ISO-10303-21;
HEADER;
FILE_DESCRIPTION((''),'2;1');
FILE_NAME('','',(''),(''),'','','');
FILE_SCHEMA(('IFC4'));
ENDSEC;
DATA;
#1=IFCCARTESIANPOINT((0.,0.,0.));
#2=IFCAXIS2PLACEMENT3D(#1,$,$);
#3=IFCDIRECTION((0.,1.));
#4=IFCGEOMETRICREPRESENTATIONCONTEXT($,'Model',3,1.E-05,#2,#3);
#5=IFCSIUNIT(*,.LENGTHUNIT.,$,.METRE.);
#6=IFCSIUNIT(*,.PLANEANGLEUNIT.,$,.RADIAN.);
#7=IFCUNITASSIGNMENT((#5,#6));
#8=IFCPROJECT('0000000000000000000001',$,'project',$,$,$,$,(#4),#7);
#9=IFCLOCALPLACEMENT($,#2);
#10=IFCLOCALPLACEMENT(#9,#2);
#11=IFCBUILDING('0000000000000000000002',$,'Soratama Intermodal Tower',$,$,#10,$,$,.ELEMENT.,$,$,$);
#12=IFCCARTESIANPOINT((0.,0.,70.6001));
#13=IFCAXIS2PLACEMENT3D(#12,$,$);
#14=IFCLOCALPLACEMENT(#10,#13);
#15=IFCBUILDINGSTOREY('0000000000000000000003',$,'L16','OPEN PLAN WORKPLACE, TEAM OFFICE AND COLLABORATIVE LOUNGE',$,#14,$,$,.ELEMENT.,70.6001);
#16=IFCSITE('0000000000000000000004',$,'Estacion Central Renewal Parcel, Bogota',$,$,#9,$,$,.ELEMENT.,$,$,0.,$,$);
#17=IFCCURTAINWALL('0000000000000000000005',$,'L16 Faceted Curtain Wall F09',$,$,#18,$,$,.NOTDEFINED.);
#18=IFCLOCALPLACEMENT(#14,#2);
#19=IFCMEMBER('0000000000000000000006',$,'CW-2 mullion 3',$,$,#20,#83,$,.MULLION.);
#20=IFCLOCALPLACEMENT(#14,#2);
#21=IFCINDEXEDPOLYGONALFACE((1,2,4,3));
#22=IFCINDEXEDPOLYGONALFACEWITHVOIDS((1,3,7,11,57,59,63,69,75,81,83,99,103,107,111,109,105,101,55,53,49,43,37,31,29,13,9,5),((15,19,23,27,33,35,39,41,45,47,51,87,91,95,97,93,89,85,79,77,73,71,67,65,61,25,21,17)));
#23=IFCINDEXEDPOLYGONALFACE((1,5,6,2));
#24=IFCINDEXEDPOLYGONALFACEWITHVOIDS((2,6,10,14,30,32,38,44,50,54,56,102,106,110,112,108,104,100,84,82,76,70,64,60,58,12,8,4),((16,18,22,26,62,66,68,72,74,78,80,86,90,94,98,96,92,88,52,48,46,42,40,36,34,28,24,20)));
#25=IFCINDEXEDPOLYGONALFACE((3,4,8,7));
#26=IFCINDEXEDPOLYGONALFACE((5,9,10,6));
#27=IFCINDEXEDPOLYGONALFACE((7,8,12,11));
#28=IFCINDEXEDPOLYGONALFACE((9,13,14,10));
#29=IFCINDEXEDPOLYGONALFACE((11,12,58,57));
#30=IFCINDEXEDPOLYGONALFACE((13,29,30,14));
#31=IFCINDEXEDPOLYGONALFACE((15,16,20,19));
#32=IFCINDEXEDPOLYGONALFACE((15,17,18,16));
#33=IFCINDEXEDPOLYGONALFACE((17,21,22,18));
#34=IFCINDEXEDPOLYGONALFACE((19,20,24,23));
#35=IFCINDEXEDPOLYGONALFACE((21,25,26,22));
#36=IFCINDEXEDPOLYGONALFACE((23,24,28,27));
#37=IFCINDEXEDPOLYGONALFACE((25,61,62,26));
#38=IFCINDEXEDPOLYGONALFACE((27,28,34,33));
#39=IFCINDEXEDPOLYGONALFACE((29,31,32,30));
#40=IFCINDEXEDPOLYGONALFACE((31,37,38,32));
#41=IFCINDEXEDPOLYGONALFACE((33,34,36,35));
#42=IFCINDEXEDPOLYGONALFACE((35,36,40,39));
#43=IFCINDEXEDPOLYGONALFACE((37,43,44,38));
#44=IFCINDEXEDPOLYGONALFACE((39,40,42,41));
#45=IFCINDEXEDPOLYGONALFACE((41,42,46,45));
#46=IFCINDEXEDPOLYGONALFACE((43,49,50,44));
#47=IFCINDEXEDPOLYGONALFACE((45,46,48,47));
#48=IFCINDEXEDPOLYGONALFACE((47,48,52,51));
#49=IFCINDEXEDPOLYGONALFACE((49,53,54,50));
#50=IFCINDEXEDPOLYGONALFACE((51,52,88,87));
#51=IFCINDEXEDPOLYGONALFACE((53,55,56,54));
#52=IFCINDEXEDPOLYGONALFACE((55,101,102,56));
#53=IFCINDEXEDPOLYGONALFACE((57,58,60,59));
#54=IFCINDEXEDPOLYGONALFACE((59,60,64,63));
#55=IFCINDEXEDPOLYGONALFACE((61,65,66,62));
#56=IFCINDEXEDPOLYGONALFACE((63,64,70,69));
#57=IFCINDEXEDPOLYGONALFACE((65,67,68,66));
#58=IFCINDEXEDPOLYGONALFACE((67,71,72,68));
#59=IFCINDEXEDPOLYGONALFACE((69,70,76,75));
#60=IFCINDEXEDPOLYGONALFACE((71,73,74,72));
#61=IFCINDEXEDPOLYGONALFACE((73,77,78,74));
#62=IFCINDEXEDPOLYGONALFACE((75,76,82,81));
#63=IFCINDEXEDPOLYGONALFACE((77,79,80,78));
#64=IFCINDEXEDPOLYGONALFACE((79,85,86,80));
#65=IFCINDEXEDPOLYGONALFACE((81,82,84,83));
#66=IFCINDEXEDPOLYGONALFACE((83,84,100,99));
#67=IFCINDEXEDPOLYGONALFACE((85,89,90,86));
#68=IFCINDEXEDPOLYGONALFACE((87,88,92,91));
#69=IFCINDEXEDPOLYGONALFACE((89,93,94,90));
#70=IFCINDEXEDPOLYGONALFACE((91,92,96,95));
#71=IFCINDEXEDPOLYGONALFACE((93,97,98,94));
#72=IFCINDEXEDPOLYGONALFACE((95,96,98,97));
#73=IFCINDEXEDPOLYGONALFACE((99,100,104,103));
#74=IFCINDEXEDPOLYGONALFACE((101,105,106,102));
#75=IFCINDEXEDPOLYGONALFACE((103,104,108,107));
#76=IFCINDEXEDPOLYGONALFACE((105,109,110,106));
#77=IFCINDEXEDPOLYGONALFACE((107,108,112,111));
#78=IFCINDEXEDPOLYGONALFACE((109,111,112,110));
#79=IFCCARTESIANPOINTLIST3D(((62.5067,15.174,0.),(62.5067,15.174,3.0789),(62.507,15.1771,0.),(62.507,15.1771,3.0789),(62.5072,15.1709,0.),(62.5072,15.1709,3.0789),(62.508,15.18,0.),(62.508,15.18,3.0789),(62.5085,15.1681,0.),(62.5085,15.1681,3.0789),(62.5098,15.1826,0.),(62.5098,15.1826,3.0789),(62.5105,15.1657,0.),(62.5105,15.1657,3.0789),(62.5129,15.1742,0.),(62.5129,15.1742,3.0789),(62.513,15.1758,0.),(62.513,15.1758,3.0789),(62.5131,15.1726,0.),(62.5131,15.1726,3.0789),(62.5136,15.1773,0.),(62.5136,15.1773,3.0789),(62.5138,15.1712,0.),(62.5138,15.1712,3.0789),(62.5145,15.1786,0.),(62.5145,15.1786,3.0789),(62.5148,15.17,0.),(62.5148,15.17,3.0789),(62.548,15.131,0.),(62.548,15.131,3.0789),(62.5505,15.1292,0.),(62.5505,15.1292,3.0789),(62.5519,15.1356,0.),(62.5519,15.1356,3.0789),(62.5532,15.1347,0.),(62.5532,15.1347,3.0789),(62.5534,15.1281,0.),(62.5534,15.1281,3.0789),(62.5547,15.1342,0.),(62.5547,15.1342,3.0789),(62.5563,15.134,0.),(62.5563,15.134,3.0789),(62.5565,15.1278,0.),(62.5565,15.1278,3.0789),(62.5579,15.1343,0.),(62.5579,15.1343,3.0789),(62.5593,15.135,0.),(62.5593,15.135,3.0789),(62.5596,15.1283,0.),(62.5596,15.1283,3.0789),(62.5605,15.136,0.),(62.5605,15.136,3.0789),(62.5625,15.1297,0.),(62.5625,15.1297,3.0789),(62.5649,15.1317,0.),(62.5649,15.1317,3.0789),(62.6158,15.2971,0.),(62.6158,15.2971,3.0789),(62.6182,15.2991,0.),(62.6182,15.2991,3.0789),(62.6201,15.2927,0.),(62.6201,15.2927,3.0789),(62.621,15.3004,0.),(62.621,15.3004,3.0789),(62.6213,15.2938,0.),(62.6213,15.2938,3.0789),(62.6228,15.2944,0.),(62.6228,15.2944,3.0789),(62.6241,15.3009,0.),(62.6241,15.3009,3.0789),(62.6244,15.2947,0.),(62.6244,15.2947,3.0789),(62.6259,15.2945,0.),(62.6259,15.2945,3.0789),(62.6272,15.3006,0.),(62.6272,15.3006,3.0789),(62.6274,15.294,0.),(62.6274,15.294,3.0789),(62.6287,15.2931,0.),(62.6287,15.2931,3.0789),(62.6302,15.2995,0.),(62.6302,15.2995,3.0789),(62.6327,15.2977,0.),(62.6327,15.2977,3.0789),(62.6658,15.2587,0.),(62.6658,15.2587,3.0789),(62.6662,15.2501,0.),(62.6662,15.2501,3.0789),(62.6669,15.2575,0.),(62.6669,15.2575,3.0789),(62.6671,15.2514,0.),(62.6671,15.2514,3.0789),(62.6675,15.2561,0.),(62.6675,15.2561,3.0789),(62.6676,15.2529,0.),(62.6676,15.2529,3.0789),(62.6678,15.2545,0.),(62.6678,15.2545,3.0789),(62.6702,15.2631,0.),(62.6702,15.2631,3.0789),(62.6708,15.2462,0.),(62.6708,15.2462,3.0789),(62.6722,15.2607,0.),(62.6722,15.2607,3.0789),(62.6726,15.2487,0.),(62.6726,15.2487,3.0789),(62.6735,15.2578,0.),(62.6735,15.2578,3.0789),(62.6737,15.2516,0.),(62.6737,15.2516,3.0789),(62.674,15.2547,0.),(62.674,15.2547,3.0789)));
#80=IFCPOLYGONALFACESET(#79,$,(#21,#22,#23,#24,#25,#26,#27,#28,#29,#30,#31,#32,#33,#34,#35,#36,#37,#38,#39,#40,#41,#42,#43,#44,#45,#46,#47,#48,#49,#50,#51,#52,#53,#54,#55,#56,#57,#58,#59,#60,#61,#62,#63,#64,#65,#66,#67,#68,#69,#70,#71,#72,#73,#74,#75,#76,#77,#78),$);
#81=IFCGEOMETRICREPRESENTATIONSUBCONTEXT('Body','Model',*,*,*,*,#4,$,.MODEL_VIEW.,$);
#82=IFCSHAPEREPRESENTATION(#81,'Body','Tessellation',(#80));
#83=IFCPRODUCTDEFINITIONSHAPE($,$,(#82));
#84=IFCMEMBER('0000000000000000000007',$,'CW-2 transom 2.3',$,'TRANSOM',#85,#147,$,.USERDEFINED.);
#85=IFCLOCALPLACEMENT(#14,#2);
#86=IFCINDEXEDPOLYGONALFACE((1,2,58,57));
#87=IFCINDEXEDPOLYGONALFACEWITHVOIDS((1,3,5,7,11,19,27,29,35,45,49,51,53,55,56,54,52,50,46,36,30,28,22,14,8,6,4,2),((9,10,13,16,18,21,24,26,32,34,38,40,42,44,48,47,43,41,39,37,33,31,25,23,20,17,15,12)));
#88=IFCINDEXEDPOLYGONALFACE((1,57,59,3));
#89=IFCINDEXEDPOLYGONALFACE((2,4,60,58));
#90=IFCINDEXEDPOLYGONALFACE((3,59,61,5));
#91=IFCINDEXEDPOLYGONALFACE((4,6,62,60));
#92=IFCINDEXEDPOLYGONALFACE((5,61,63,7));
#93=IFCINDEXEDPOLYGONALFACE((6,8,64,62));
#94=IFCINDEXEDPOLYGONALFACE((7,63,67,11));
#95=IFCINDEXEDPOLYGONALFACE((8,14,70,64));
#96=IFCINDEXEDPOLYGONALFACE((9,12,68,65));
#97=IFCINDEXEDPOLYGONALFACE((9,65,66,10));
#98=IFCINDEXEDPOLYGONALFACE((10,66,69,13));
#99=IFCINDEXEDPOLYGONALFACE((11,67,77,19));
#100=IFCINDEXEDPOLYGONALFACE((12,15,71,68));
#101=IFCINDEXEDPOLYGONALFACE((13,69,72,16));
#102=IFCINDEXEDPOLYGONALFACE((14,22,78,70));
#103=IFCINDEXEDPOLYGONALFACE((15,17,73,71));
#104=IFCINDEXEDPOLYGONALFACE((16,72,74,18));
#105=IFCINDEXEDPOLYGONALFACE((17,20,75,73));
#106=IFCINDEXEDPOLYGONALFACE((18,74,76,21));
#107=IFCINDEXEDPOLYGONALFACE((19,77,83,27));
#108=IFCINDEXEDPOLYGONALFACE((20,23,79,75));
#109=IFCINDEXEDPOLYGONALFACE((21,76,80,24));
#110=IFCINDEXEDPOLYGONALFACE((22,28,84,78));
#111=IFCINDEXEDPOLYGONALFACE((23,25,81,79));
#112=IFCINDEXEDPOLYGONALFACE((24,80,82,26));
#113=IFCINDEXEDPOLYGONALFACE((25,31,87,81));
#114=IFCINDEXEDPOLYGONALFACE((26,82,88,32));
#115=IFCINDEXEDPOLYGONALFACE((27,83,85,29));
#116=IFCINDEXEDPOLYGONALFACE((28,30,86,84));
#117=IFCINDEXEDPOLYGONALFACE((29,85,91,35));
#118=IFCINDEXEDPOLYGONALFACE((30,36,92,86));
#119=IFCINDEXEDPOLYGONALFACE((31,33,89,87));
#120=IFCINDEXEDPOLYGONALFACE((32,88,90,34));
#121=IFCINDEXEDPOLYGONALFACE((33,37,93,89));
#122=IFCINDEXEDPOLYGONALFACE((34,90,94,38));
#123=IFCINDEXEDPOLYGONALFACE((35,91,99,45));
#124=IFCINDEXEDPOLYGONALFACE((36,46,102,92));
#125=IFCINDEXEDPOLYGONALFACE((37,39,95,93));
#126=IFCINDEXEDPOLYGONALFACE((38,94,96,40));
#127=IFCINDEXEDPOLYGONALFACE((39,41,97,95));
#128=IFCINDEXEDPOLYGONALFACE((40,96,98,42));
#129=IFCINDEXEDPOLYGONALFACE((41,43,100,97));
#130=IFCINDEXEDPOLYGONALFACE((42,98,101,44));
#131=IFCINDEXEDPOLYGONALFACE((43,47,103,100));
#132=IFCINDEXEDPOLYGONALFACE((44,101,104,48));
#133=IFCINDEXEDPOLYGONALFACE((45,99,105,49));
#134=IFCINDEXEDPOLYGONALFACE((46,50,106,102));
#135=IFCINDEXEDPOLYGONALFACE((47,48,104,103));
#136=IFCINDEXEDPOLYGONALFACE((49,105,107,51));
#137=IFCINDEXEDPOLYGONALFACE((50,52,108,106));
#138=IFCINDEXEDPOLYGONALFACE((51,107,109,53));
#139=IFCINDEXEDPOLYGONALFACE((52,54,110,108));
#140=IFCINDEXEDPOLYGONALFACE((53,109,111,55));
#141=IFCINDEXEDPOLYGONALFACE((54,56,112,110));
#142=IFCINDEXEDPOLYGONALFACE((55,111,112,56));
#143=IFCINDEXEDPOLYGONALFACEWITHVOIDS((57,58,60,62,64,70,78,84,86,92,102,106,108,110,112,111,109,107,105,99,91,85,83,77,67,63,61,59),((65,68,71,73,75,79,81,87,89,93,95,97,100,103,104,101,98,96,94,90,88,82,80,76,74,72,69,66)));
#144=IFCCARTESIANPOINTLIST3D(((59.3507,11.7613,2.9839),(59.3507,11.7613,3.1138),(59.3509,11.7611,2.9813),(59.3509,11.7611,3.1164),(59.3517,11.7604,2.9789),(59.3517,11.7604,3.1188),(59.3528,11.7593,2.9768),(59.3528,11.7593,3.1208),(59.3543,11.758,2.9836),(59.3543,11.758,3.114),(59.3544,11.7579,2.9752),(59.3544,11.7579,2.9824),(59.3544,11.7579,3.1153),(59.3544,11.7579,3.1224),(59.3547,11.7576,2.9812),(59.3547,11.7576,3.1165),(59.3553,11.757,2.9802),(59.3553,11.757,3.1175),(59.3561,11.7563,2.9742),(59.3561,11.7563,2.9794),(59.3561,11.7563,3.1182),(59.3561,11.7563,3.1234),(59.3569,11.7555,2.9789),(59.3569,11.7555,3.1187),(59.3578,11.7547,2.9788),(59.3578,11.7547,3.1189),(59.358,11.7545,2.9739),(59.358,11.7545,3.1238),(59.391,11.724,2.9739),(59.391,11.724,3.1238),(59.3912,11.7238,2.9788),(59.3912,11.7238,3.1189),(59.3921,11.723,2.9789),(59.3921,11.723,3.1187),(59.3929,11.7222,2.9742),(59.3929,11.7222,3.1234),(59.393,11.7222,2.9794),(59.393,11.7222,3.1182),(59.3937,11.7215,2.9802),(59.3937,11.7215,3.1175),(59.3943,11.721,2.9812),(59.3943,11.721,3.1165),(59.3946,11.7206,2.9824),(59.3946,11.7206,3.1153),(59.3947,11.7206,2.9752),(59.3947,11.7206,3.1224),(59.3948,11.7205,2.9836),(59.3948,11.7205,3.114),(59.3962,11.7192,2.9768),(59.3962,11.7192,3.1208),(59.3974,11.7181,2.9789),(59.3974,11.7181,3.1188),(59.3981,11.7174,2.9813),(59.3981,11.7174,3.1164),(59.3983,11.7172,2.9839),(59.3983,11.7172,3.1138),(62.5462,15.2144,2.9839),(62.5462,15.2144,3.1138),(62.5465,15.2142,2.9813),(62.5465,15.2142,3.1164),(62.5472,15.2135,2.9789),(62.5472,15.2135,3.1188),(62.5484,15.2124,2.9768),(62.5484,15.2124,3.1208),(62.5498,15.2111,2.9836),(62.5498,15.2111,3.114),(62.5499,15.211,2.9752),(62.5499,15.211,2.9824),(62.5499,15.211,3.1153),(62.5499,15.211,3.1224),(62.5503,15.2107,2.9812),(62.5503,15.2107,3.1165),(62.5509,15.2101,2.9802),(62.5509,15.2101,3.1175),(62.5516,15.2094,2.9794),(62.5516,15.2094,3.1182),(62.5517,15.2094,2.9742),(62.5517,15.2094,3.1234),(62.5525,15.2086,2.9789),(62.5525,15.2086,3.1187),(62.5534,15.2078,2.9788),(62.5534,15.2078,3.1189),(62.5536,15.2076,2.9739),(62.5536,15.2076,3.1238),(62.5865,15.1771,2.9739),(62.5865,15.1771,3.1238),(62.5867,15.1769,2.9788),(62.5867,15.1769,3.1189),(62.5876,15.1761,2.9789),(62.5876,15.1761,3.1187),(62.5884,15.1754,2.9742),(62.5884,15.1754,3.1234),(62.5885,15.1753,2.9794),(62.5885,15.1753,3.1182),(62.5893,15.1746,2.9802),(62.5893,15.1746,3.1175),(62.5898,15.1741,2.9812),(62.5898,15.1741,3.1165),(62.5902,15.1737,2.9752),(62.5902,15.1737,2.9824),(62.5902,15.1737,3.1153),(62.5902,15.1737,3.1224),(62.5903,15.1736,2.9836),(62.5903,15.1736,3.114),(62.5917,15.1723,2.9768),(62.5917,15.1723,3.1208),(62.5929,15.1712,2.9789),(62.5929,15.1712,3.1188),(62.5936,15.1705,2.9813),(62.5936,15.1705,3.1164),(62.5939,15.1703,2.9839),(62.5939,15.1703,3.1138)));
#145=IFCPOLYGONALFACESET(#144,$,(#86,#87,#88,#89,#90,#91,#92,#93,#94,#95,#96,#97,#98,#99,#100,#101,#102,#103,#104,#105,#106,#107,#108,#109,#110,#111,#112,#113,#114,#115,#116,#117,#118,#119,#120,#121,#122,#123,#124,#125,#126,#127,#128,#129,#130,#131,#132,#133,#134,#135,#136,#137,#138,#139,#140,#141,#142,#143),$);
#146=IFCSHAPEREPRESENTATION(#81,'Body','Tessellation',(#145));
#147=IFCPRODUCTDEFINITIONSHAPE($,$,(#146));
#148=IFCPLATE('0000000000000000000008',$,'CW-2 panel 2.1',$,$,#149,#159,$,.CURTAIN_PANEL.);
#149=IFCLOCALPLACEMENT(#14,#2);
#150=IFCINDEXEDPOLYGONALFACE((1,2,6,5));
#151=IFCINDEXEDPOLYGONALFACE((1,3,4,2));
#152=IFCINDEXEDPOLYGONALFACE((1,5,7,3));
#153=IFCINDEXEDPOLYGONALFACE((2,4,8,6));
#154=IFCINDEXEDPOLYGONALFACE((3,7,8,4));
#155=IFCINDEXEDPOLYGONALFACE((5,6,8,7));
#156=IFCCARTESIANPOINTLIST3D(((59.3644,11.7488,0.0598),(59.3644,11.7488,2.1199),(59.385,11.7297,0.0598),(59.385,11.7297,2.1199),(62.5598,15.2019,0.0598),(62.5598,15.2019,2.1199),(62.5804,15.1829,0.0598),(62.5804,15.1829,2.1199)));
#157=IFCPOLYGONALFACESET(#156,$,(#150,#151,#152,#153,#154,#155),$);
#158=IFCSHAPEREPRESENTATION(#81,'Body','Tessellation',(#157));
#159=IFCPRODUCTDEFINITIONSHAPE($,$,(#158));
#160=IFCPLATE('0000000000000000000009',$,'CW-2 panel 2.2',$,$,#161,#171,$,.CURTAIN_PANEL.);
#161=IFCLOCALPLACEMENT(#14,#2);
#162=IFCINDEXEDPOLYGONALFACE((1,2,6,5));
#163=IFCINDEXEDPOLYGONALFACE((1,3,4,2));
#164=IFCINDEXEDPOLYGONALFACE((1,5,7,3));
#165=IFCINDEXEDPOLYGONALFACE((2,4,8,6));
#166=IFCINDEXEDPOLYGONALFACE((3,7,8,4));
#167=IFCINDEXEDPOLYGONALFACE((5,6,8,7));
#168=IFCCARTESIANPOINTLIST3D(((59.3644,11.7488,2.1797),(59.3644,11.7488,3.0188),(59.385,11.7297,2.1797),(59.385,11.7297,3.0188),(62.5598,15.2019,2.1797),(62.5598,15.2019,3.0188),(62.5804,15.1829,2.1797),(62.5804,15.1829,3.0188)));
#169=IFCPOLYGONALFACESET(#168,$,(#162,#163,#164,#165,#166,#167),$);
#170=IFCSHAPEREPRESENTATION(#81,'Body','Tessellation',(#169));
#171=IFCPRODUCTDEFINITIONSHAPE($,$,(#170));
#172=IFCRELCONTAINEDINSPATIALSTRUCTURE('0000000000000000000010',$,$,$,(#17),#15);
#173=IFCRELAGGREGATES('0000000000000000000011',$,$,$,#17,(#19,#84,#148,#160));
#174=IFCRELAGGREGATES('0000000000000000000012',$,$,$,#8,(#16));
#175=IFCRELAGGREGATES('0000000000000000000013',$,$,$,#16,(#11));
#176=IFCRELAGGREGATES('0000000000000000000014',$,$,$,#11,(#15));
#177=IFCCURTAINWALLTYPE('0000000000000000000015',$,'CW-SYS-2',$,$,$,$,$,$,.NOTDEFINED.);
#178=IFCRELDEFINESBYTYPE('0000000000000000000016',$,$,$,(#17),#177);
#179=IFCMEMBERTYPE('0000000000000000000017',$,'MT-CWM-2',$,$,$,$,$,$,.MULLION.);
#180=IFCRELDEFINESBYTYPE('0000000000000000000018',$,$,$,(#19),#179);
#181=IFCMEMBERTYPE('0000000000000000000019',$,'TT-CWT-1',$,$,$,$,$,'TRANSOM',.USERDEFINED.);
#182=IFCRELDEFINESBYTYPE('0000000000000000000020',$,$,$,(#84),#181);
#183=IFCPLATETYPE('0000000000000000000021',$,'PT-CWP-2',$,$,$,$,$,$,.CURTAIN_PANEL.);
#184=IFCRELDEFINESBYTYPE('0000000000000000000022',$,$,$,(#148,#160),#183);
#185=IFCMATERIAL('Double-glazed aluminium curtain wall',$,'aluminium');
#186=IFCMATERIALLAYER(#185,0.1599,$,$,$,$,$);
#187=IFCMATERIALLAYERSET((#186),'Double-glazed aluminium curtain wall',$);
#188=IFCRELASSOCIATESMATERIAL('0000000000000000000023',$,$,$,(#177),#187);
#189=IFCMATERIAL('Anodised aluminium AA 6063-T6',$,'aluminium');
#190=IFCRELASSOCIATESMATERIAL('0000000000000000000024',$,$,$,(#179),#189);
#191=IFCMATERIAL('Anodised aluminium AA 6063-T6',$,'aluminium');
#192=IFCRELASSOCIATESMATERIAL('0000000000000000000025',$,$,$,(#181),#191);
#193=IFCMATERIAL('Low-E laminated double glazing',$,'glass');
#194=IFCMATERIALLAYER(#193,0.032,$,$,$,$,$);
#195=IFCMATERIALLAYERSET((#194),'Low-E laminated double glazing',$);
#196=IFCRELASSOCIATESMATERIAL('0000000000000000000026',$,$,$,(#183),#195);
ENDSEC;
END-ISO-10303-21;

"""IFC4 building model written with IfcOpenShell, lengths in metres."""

from ifc_helpers import new_model, si_unit, direction, frame, origin, origin_2d, place, context, subcontext, project, spatial, rectangle, hollow_rectangle, extrude, material, layer, layer_set, material_profile, profile_set, type_object, element, aggregate, save


model = new_model("IFC4")

# Units and contexts
model_context = context("Model", 3, precision=1e-05, world=origin(), true_north=direction((0.0, 1.0)))
body_context = subcontext(model_context, "Body", "Model", "MODEL_VIEW")
ifc_project = project(units=[si_unit("LENGTHUNIT", "METRE"), si_unit("PLANEANGLEUNIT", "RADIAN")], contexts=[model_context])

# Site, building, storey
site_placement = place(None, origin())
site = spatial("IfcSite", under=ifc_project, at=site_placement, Name="Estacion Central Renewal Parcel, Bogota", CompositionType="ELEMENT", RefElevation=0.0)
building_placement = place(site_placement, origin())
building = spatial("IfcBuilding", under=site, at=building_placement, Name="Soratama Intermodal Tower", CompositionType="ELEMENT")
storey_placement = place(building_placement, frame((0.0, 0.0, 70.6001)))
storey = spatial("IfcBuildingStorey", under=building, at=storey_placement, Name="L16", Description="OPEN PLAN WORKPLACE, TEAM OFFICE AND COLLABORATIVE LOUNGE", CompositionType="ELEMENT", Elevation=70.6001)

# Curtain wall, members, plates
ifc_material_1 = material(Name="Double-glazed aluminium curtain wall", Category="aluminium")
ifc_layer_1 = layer(ifc_material_1, 0.1599)
ifc_layer_set_1 = layer_set([ifc_layer_1], Name="Double-glazed aluminium curtain wall")
curtain_wall_type = type_object("IfcCurtainWallType", Name="CW-SYS-2", PredefinedType="NOTDEFINED", material=ifc_layer_set_1)
curtain_wall_placement = place(storey_placement, origin())
curtain_wall = element("IfcCurtainWall", 1, at=curtain_wall_placement, inside=storey, type_object=curtain_wall_type, Name="L16 Faceted Curtain Wall F09", PredefinedType="NOTDEFINED")
ifc_material_2 = material(Name="Anodised aluminium AA 6063-T6", Category="aluminium")
ifc_material_profile_1 = material_profile(ifc_material_2, hollow_rectangle(XDim=0.075, YDim=0.1799, WallThickness=0.0061, InnerFilletRadius=0.0061, OuterFilletRadius=0.012, at=origin_2d()), Name="CWM180X75X6")
ifc_profile_set_1 = profile_set([ifc_material_profile_1], Name="Anodised aluminium AA 6063-T6")
member_type_1 = type_object("IfcMemberType", Name="MT-CWM-2", PredefinedType="MULLION", material=ifc_profile_set_1)
member_1_placement = place(storey_placement, frame((62.5903, 15.2144, 0.0), z_axis=(0.0, 0.0, 1.0), x_axis=(-0.733965, 0.679187, 0.0)))
member_1 = element("IfcMember", 2, at=member_1_placement, type_object=member_type_1, Name="CW-2 mullion 3", PredefinedType="MULLION", context=body_context, shape_type="SweptSolid", body=[
    extrude(hollow_rectangle(XDim=0.075, YDim=0.1799, WallThickness=0.0061, InnerFilletRadius=0.0061, OuterFilletRadius=0.012, at=origin_2d()), origin(), (0.0, 0.0, 1.0), 3.0789),
])
ifc_material_3 = material(Name="Anodised aluminium AA 6063-T6", Category="aluminium")
ifc_material_profile_2 = material_profile(ifc_material_3, hollow_rectangle(XDim=0.0649, YDim=0.1499, WallThickness=0.0049, InnerFilletRadius=0.0049, OuterFilletRadius=0.01, at=origin_2d()), Name="CWT150X65X5")
ifc_profile_set_2 = profile_set([ifc_material_profile_2], Name="Anodised aluminium AA 6063-T6")
member_type_2 = type_object("IfcMemberType", Name="TT-CWT-1", ElementType="TRANSOM", PredefinedType="USERDEFINED", material=ifc_profile_set_2)
member_2_placement = place(storey_placement, frame((59.3745, 11.7393, 3.0488), z_axis=(0.679204, 0.733949, 0.0), x_axis=(-0.733949, 0.679204, 0.0)))
member_2 = element("IfcMember", 3, at=member_2_placement, type_object=member_type_2, Name="CW-2 transom 2.3", ObjectType="TRANSOM", PredefinedType="USERDEFINED", context=body_context, shape_type="SweptSolid", body=[
    extrude(hollow_rectangle(XDim=0.0649, YDim=0.1499, WallThickness=0.0049, InnerFilletRadius=0.0049, OuterFilletRadius=0.01, at=origin_2d()), origin(), (0.0, 0.0, 1.0), 4.7048),
])
ifc_material_4 = material(Name="Low-E laminated double glazing", Category="glass")
ifc_layer_2 = layer(ifc_material_4, 0.032)
ifc_layer_set_2 = layer_set([ifc_layer_2], Name="Low-E laminated double glazing")
plate_type = type_object("IfcPlateType", Name="PT-CWP-2", PredefinedType="CURTAIN_PANEL", material=ifc_layer_set_2)
plate_1_placement = place(storey_placement, frame((60.9724, 13.4658, 0.0598), z_axis=(0.0, 0.0, 1.0), x_axis=(0.679187, 0.733965, 0.0)))
plate_1 = element("IfcPlate", 4, at=plate_1_placement, type_object=plate_type, Name="CW-2 panel 2.1", PredefinedType="CURTAIN_PANEL", context=body_context, shape_type="SweptSolid", body=[
    extrude(rectangle(XDim=4.7048, YDim=0.0281, at=origin_2d()), origin(), (0.0, 0.0, 1.0), 2.0601),
])
plate_2_placement = place(storey_placement, frame((60.9724, 13.4658, 2.1797), z_axis=(0.0, 0.0, 1.0), x_axis=(0.679187, 0.733965, 0.0)))
plate_2 = element("IfcPlate", 5, at=plate_2_placement, type_object=plate_type, Name="CW-2 panel 2.2", PredefinedType="CURTAIN_PANEL", context=body_context, shape_type="SweptSolid", body=[
    extrude(rectangle(XDim=4.7048, YDim=0.0281, at=origin_2d()), origin(), (0.0, 0.0, 1.0), 0.8391),
])
aggregate(curtain_wall, [member_1, member_2, plate_1, plate_2])

save(model, "model.ifc")
